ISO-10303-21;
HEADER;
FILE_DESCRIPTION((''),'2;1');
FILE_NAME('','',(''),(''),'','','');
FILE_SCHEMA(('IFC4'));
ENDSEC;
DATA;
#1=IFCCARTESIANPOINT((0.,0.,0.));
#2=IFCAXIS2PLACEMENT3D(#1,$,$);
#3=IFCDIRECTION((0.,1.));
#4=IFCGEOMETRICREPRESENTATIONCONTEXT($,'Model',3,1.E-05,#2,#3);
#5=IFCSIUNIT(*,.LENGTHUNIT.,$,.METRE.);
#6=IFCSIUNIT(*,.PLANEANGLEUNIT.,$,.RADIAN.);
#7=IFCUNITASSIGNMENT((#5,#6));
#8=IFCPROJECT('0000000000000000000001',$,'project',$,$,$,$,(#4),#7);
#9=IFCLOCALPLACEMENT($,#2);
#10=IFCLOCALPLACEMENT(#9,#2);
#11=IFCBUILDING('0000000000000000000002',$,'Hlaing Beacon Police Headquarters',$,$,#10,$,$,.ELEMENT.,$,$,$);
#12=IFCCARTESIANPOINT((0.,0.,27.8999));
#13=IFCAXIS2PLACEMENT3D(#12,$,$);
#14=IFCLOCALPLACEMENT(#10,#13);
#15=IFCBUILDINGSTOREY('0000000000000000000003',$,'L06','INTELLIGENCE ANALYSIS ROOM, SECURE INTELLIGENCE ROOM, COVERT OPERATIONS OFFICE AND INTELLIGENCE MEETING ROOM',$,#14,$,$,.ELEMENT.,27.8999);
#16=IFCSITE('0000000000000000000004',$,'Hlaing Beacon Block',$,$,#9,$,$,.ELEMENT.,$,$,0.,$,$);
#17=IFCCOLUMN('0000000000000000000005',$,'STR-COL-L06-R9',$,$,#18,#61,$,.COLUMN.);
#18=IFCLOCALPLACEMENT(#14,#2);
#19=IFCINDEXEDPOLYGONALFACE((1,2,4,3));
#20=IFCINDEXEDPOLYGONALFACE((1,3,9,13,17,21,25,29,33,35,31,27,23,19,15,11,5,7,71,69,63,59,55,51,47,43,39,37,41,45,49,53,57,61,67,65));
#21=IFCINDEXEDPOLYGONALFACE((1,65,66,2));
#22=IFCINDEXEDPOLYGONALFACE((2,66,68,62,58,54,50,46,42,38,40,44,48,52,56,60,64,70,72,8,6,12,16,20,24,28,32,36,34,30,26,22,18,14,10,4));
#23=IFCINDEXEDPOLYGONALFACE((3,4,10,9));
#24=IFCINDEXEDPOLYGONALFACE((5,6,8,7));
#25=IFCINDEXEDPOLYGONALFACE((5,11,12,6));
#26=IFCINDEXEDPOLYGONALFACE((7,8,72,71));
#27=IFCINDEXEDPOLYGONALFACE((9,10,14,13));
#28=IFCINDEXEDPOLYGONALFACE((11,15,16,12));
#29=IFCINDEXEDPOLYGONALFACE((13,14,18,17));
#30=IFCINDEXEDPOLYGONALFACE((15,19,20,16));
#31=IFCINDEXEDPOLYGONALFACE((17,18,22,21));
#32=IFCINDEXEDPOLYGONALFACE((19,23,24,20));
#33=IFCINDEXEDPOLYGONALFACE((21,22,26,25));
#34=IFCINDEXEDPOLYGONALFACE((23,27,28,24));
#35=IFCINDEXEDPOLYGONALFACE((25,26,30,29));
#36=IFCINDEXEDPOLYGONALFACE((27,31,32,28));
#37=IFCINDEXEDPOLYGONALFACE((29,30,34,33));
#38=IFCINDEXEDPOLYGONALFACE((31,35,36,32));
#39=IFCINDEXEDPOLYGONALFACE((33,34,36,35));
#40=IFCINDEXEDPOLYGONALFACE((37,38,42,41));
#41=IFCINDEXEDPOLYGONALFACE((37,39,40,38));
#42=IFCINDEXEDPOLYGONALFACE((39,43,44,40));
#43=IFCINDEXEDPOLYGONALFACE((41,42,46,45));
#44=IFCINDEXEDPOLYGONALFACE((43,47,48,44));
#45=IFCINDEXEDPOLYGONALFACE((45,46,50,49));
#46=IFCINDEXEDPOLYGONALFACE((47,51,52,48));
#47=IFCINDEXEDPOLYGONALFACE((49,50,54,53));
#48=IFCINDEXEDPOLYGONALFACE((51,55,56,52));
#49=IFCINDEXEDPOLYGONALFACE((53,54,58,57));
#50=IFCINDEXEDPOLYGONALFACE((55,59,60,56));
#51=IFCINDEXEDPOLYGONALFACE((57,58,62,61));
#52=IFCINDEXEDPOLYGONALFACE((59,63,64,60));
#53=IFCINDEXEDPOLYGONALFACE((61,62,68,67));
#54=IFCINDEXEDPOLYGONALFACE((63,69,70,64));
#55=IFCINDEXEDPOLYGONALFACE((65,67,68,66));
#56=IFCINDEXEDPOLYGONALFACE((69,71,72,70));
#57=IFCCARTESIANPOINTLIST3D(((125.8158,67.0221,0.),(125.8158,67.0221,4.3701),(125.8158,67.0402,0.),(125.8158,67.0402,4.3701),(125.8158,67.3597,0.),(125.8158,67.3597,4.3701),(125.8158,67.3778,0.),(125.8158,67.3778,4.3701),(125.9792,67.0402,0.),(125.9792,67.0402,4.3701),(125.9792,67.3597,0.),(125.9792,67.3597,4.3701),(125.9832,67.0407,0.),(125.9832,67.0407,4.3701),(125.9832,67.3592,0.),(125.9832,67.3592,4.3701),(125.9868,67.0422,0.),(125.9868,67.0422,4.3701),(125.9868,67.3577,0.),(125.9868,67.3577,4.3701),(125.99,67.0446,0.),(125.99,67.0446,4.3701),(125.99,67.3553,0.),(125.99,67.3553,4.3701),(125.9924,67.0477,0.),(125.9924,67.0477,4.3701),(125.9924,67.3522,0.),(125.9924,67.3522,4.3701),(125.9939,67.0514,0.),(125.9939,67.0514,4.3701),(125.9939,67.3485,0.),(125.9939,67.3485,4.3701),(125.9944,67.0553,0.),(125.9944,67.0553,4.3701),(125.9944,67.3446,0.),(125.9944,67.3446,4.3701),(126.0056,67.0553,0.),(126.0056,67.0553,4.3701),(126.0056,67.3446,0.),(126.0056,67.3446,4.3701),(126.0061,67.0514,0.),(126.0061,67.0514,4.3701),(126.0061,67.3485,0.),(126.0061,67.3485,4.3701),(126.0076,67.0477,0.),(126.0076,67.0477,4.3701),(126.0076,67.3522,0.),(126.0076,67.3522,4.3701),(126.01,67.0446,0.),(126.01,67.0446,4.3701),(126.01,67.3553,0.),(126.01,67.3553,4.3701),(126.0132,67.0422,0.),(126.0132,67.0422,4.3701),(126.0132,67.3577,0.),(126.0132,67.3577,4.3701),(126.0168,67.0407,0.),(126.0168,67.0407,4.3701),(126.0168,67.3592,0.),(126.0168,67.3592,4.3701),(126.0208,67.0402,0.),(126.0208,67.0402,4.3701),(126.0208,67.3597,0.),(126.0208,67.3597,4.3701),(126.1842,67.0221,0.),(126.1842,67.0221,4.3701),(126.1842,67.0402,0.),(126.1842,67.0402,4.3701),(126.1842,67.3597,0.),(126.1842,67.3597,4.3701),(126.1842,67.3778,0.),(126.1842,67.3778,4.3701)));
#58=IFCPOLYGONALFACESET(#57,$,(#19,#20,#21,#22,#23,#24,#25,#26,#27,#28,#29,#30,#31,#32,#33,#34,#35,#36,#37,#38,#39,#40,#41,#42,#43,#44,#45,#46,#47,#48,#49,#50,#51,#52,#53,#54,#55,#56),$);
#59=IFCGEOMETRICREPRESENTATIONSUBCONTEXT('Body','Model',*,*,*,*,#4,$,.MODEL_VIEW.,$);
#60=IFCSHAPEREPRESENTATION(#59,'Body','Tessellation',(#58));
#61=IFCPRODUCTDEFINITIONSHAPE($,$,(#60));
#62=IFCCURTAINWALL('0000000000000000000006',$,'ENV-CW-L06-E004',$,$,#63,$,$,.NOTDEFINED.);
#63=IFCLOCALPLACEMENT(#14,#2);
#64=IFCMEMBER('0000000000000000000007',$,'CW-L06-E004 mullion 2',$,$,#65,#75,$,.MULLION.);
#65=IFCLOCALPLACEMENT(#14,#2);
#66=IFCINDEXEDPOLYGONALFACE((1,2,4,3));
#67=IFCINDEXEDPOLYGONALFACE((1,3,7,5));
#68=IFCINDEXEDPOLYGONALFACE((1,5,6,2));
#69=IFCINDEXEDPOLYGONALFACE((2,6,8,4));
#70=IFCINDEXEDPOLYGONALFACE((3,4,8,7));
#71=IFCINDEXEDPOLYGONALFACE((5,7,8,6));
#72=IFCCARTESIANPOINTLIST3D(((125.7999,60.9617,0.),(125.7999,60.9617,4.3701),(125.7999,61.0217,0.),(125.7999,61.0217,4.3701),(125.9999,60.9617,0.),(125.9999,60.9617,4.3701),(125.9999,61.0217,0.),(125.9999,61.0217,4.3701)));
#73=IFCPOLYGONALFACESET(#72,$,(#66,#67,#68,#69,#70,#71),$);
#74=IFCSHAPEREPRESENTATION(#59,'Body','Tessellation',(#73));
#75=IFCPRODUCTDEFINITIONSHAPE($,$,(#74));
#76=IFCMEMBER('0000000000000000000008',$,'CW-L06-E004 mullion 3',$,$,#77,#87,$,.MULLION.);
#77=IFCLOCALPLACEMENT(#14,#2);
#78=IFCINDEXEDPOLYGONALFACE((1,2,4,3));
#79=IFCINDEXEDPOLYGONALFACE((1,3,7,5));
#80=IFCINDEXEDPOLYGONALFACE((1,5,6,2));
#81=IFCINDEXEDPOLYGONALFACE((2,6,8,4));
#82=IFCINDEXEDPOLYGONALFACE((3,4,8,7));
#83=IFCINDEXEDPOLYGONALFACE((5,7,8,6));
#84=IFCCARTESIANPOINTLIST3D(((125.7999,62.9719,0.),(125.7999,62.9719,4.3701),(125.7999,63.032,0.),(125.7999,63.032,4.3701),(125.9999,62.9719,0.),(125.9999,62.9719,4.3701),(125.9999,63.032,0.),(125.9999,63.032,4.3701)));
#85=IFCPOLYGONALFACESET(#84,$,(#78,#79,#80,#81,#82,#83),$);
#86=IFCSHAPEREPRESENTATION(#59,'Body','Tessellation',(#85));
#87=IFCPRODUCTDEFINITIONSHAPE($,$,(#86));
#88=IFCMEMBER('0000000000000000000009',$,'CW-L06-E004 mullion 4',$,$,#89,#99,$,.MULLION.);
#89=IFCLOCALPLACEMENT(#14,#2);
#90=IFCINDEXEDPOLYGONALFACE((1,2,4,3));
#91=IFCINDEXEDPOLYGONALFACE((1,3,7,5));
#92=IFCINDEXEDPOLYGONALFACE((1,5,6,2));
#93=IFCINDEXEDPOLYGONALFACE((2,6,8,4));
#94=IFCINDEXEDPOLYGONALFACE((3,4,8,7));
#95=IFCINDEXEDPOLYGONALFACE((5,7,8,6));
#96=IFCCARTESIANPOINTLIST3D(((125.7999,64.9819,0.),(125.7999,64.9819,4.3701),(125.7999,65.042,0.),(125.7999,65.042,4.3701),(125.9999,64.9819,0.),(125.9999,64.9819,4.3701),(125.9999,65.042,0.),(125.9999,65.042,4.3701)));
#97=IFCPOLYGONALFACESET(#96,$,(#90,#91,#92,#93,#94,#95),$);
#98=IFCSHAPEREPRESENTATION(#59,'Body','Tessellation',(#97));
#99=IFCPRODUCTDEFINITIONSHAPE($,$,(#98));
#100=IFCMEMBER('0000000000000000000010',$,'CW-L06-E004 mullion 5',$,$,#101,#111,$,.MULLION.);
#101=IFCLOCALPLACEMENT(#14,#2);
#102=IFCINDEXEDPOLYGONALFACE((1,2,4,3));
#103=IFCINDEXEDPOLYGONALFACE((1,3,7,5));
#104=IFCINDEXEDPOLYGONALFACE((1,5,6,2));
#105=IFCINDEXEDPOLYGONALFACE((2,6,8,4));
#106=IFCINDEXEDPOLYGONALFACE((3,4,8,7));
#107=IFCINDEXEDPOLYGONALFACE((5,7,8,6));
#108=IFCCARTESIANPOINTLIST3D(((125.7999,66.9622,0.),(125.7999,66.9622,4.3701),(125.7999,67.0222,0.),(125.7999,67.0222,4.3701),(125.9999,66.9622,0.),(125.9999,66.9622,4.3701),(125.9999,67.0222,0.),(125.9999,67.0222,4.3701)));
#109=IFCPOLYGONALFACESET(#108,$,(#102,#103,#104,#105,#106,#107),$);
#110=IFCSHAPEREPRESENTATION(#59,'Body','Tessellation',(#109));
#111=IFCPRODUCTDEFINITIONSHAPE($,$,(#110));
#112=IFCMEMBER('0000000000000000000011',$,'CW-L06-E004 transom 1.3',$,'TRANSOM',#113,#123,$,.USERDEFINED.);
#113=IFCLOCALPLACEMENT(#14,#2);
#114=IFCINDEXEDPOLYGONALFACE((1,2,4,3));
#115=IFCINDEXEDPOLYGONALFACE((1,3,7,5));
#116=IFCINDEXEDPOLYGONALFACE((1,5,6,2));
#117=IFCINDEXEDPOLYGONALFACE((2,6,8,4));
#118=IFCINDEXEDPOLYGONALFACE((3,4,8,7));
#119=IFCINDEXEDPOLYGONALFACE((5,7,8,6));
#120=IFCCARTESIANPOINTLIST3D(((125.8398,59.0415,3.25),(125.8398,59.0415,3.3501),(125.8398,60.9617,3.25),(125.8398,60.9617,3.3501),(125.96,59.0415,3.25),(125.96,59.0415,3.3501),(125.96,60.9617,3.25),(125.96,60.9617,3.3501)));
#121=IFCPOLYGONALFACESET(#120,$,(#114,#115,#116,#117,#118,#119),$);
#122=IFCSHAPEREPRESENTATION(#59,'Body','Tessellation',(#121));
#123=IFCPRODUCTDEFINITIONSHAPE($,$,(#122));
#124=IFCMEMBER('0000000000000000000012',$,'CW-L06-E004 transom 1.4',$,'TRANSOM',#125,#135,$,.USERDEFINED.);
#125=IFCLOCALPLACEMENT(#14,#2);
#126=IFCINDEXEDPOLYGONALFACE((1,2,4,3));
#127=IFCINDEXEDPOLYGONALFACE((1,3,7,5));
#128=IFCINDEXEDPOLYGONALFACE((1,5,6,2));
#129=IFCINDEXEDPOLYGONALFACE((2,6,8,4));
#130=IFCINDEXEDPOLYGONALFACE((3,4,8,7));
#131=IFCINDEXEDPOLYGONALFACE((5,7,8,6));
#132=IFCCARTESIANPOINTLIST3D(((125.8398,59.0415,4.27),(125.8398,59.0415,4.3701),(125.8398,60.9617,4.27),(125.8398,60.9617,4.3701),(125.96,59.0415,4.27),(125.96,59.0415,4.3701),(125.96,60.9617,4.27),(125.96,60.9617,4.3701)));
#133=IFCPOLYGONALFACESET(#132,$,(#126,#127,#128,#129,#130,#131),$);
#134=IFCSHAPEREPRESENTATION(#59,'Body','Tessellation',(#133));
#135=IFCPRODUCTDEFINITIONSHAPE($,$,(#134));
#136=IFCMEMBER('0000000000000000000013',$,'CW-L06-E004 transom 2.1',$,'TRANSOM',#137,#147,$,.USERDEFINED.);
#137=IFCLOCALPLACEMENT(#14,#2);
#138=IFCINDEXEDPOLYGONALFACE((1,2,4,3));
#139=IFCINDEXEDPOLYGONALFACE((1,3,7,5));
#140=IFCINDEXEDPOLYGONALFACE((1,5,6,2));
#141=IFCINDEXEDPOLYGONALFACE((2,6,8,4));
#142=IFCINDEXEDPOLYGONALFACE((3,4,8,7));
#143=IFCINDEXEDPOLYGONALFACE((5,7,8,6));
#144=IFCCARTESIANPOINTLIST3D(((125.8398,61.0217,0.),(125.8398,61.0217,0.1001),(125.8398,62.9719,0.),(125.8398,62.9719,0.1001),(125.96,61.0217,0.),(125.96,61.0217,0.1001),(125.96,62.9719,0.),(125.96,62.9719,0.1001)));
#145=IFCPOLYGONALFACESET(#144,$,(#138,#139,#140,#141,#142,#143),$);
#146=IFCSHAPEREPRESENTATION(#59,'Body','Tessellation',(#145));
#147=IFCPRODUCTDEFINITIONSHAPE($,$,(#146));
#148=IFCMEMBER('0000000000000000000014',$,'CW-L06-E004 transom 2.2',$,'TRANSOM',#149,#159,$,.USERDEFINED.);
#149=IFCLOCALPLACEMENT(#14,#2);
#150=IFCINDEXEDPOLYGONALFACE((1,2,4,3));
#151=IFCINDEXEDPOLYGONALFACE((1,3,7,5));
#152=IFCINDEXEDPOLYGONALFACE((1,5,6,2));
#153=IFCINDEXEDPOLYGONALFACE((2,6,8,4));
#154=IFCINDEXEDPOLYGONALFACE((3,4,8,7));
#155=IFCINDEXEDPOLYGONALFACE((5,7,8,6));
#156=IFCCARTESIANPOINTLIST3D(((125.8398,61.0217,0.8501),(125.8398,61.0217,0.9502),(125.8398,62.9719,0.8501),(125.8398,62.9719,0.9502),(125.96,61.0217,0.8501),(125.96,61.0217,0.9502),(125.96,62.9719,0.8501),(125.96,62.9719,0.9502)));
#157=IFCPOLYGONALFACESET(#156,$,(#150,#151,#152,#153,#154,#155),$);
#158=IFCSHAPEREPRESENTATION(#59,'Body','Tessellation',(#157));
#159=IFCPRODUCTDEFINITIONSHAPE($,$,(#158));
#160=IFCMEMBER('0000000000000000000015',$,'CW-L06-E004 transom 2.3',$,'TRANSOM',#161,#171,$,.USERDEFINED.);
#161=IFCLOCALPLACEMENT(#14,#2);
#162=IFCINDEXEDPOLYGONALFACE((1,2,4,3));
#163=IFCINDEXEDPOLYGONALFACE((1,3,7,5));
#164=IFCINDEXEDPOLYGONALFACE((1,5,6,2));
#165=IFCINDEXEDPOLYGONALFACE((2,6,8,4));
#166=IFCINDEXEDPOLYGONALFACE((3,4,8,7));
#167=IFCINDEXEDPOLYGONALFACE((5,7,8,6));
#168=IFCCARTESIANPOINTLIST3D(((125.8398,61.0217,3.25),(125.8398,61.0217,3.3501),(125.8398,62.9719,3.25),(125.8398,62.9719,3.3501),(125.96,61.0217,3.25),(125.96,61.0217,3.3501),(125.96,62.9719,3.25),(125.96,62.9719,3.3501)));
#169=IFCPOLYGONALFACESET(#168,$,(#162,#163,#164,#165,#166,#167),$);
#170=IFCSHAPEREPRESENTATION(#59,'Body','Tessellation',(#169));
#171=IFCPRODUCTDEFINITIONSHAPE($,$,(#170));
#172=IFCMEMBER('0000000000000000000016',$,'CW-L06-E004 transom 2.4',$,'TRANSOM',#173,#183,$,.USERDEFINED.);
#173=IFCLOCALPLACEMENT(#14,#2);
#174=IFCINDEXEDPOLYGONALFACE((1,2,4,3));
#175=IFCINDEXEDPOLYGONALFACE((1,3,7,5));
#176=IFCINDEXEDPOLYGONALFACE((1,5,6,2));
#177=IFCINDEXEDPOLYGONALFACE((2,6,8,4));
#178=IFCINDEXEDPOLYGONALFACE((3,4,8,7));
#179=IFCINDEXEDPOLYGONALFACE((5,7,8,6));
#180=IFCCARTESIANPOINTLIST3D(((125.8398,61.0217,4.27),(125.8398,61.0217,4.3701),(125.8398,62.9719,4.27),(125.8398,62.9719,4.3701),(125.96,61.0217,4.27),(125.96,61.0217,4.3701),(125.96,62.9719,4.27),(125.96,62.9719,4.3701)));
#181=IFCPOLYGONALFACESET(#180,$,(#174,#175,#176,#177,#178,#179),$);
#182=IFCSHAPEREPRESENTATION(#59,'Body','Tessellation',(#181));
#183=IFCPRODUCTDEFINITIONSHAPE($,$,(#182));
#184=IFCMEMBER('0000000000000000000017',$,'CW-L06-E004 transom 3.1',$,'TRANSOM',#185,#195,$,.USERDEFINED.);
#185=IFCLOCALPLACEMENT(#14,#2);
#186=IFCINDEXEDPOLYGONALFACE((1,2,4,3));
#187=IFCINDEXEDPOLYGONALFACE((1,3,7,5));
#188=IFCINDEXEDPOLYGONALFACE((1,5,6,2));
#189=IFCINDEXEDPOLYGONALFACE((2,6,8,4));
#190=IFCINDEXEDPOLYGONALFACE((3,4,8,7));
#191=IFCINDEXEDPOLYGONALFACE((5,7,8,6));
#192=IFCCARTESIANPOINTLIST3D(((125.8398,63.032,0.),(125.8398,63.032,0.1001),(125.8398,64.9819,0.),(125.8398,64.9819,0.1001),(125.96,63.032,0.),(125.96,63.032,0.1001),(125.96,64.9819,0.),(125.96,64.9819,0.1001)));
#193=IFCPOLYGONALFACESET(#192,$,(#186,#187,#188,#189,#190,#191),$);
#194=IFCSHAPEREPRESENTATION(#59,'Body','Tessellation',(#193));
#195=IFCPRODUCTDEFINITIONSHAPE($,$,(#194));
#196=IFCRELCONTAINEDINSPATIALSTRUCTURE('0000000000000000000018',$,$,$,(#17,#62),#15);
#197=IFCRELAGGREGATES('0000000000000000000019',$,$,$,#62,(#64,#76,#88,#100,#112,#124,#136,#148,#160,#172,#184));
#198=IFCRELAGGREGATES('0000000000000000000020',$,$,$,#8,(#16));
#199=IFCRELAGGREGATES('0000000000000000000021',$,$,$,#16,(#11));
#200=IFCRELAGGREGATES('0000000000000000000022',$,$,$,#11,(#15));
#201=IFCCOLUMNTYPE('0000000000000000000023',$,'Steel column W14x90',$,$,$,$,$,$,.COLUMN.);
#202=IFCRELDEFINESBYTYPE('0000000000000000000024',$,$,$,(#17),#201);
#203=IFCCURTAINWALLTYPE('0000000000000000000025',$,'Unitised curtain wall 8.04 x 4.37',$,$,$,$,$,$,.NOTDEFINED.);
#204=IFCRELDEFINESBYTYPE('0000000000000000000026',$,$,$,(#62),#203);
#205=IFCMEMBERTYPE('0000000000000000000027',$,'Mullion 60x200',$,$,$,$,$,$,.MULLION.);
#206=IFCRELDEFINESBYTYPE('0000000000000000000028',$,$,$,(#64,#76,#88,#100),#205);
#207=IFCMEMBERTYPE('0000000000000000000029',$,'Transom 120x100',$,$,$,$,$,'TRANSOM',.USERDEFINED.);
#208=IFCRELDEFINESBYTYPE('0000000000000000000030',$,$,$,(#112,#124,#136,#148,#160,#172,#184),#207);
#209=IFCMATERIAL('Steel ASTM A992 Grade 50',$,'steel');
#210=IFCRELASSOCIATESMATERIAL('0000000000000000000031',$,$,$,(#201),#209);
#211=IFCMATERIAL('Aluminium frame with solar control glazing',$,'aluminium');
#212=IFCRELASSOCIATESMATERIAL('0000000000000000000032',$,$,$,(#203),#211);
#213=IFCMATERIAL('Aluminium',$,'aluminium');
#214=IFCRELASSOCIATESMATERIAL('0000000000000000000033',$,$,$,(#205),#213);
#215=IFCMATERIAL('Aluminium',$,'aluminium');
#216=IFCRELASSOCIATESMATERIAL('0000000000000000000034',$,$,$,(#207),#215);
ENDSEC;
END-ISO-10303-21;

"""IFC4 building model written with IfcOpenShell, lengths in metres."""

from ifc_helpers import new_model, si_unit, direction, frame, origin, origin_2d, place, context, subcontext, project, spatial, rectangle, i_section, extrude, material, material_profile, profile_set, type_object, element, aggregate, save


model = new_model("IFC4")

# Units and contexts
model_context = context("Model", 3, precision=1e-05, world=origin(), true_north=direction((0.0, 1.0)))
body_context = subcontext(model_context, "Body", "Model", "MODEL_VIEW")
ifc_project = project(units=[si_unit("LENGTHUNIT", "METRE"), si_unit("PLANEANGLEUNIT", "RADIAN")], contexts=[model_context])

# Site, building, storey
site_placement = place(None, origin())
site = spatial("IfcSite", under=ifc_project, at=site_placement, Name="Hlaing Beacon Block", CompositionType="ELEMENT", RefElevation=0.0)
building_placement = place(site_placement, origin())
building = spatial("IfcBuilding", under=site, at=building_placement, Name="Hlaing Beacon Police Headquarters", CompositionType="ELEMENT")
storey_placement = place(building_placement, frame((0.0, 0.0, 27.8999)))
storey = spatial("IfcBuildingStorey", under=building, at=storey_placement, Name="L06", Description="INTELLIGENCE ANALYSIS ROOM, SECURE INTELLIGENCE ROOM, COVERT OPERATIONS OFFICE AND INTELLIGENCE MEETING ROOM", CompositionType="ELEMENT", Elevation=27.8999)

# Column
ifc_material_1 = material(Name="Steel ASTM A992 Grade 50", Category="steel")
ifc_material_profile_1 = material_profile(ifc_material_1, i_section(OverallWidth=0.3684, OverallDepth=0.3557, WebThickness=0.0112, FlangeThickness=0.0181, FilletRadius=0.0151, at=origin_2d()), Name="W14x90")
ifc_profile_set_1 = profile_set([ifc_material_profile_1], Name="Steel ASTM A992 Grade 50")
column_type = type_object("IfcColumnType", Name="Steel column W14x90", PredefinedType="COLUMN", material=ifc_profile_set_1)
column_placement = place(storey_placement, frame((126.0, 67.2, 0.0), z_axis=(0.0, 0.0, 1.0), x_axis=(1.0, 0.0, 0.0)))
element("IfcColumn", 1, at=column_placement, inside=storey, type_object=column_type, Name="STR-COL-L06-R9", PredefinedType="COLUMN", context=body_context, shape_type="SweptSolid", body=[
    extrude(i_section(OverallWidth=0.3684, OverallDepth=0.3557, WebThickness=0.0112, FlangeThickness=0.0181, FilletRadius=0.0151, at=origin_2d()), origin(), (0.0, 0.0, 1.0), 4.3701),
])

# Curtain wall, members
ifc_material_2 = material(Name="Aluminium frame with solar control glazing", Category="aluminium")
curtain_wall_type = type_object("IfcCurtainWallType", Name="Unitised curtain wall 8.04 x 4.37", PredefinedType="NOTDEFINED", material=ifc_material_2)
curtain_wall_placement = place(storey_placement, origin())
curtain_wall = element("IfcCurtainWall", 2, at=curtain_wall_placement, inside=storey, type_object=curtain_wall_type, Name="ENV-CW-L06-E004", PredefinedType="NOTDEFINED")
ifc_material_3 = material(Name="Aluminium", Category="aluminium")
ifc_material_profile_2 = material_profile(ifc_material_3, rectangle(XDim=0.2, YDim=0.0601, at=origin_2d()), Name="Mullion 60x200")
ifc_profile_set_2 = profile_set([ifc_material_profile_2], Name="Aluminium")
member_type_1 = type_object("IfcMemberType", Name="Mullion 60x200", PredefinedType="MULLION", material=ifc_profile_set_2)
member_1_placement = place(storey_placement, frame((125.8999, 60.9917, 0.0), z_axis=(0.0, 0.0, 1.0), x_axis=(-1.0, 0.0, 0.0)))
member_1 = element("IfcMember", 3, at=member_1_placement, type_object=member_type_1, Name="CW-L06-E004 mullion 2", PredefinedType="MULLION", context=body_context, shape_type="SweptSolid", body=[
    extrude(rectangle(XDim=0.2, YDim=0.0601, at=origin_2d()), origin(), (0.0, 0.0, 1.0), 4.3701),
])
member_2_placement = place(storey_placement, frame((125.8999, 63.002, 0.0), z_axis=(0.0, 0.0, 1.0), x_axis=(-1.0, 0.0, 0.0)))
member_2 = element("IfcMember", 4, at=member_2_placement, type_object=member_type_1, Name="CW-L06-E004 mullion 3", PredefinedType="MULLION", context=body_context, shape_type="SweptSolid", body=[
    extrude(rectangle(XDim=0.2, YDim=0.0601, at=origin_2d()), origin(), (0.0, 0.0, 1.0), 4.3701),
])
member_3_placement = place(storey_placement, frame((125.8999, 65.012, 0.0), z_axis=(0.0, 0.0, 1.0), x_axis=(-1.0, 0.0, 0.0)))
member_3 = element("IfcMember", 5, at=member_3_placement, type_object=member_type_1, Name="CW-L06-E004 mullion 4", PredefinedType="MULLION", context=body_context, shape_type="SweptSolid", body=[
    extrude(rectangle(XDim=0.2, YDim=0.0601, at=origin_2d()), origin(), (0.0, 0.0, 1.0), 4.3701),
])
member_4_placement = place(storey_placement, frame((125.8999, 66.9922, 0.0), z_axis=(0.0, 0.0, 1.0), x_axis=(-1.0, 0.0, 0.0)))
member_4 = element("IfcMember", 6, at=member_4_placement, type_object=member_type_1, Name="CW-L06-E004 mullion 5", PredefinedType="MULLION", context=body_context, shape_type="SweptSolid", body=[
    extrude(rectangle(XDim=0.2, YDim=0.0601, at=origin_2d()), origin(), (0.0, 0.0, 1.0), 4.3701),
])
ifc_material_4 = material(Name="Aluminium", Category="aluminium")
ifc_material_profile_3 = material_profile(ifc_material_4, rectangle(XDim=0.1201, YDim=0.1001, at=origin_2d()), Name="Transom 120x100")
ifc_profile_set_3 = profile_set([ifc_material_profile_3], Name="Aluminium")
member_type_2 = type_object("IfcMemberType", Name="Transom 120x100", ElementType="TRANSOM", PredefinedType="USERDEFINED", material=ifc_profile_set_3)
member_5_placement = place(storey_placement, frame((125.8999, 59.0415, 3.3), z_axis=(0.0, 1.0, 0.0), x_axis=(-1.0, 0.0, 0.0)))
member_5 = element("IfcMember", 7, at=member_5_placement, type_object=member_type_2, Name="CW-L06-E004 transom 1.3", ObjectType="TRANSOM", PredefinedType="USERDEFINED", context=body_context, shape_type="SweptSolid", body=[
    extrude(rectangle(XDim=0.1201, YDim=0.1001, at=origin_2d()), origin(), (0.0, 0.0, 1.0), 1.9202),
])
member_6_placement = place(storey_placement, frame((125.8999, 59.0415, 4.3201), z_axis=(0.0, 1.0, 0.0), x_axis=(-1.0, 0.0, 0.0)))
member_6 = element("IfcMember", 8, at=member_6_placement, type_object=member_type_2, Name="CW-L06-E004 transom 1.4", ObjectType="TRANSOM", PredefinedType="USERDEFINED", context=body_context, shape_type="SweptSolid", body=[
    extrude(rectangle(XDim=0.1201, YDim=0.1001, at=origin_2d()), origin(), (0.0, 0.0, 1.0), 1.9202),
])
member_7_placement = place(storey_placement, frame((125.8999, 61.0217, 0.05), z_axis=(0.0, 1.0, 0.0), x_axis=(-1.0, 0.0, 0.0)))
member_7 = element("IfcMember", 9, at=member_7_placement, type_object=member_type_2, Name="CW-L06-E004 transom 2.1", ObjectType="TRANSOM", PredefinedType="USERDEFINED", context=body_context, shape_type="SweptSolid", body=[
    extrude(rectangle(XDim=0.1201, YDim=0.1001, at=origin_2d()), origin(), (0.0, 0.0, 1.0), 1.9502),
])
member_8_placement = place(storey_placement, frame((125.8999, 61.0217, 0.9001), z_axis=(0.0, 1.0, 0.0), x_axis=(-1.0, 0.0, 0.0)))
member_8 = element("IfcMember", 10, at=member_8_placement, type_object=member_type_2, Name="CW-L06-E004 transom 2.2", ObjectType="TRANSOM", PredefinedType="USERDEFINED", context=body_context, shape_type="SweptSolid", body=[
    extrude(rectangle(XDim=0.1201, YDim=0.1001, at=origin_2d()), origin(), (0.0, 0.0, 1.0), 1.9502),
])
member_9_placement = place(storey_placement, frame((125.8999, 61.0217, 3.3), z_axis=(0.0, 1.0, 0.0), x_axis=(-1.0, 0.0, 0.0)))
member_9 = element("IfcMember", 11, at=member_9_placement, type_object=member_type_2, Name="CW-L06-E004 transom 2.3", ObjectType="TRANSOM", PredefinedType="USERDEFINED", context=body_context, shape_type="SweptSolid", body=[
    extrude(rectangle(XDim=0.1201, YDim=0.1001, at=origin_2d()), origin(), (0.0, 0.0, 1.0), 1.9502),
])
member_10_placement = place(storey_placement, frame((125.8999, 61.0217, 4.3201), z_axis=(0.0, 1.0, 0.0), x_axis=(-1.0, 0.0, 0.0)))
member_10 = element("IfcMember", 12, at=member_10_placement, type_object=member_type_2, Name="CW-L06-E004 transom 2.4", ObjectType="TRANSOM", PredefinedType="USERDEFINED", context=body_context, shape_type="SweptSolid", body=[
    extrude(rectangle(XDim=0.1201, YDim=0.1001, at=origin_2d()), origin(), (0.0, 0.0, 1.0), 1.9502),
])
member_11_placement = place(storey_placement, frame((125.8999, 63.032, 0.05), z_axis=(0.0, 1.0, 0.0), x_axis=(-1.0, 0.0, 0.0)))
member_11 = element("IfcMember", 13, at=member_11_placement, type_object=member_type_2, Name="CW-L06-E004 transom 3.1", ObjectType="TRANSOM", PredefinedType="USERDEFINED", context=body_context, shape_type="SweptSolid", body=[
    extrude(rectangle(XDim=0.1201, YDim=0.1001, at=origin_2d()), origin(), (0.0, 0.0, 1.0), 1.95),
])
aggregate(curtain_wall, [member_1, member_2, member_3, member_4, member_5, member_6, member_7, member_8, member_9, member_10, member_11])

save(model, "model.ifc")
